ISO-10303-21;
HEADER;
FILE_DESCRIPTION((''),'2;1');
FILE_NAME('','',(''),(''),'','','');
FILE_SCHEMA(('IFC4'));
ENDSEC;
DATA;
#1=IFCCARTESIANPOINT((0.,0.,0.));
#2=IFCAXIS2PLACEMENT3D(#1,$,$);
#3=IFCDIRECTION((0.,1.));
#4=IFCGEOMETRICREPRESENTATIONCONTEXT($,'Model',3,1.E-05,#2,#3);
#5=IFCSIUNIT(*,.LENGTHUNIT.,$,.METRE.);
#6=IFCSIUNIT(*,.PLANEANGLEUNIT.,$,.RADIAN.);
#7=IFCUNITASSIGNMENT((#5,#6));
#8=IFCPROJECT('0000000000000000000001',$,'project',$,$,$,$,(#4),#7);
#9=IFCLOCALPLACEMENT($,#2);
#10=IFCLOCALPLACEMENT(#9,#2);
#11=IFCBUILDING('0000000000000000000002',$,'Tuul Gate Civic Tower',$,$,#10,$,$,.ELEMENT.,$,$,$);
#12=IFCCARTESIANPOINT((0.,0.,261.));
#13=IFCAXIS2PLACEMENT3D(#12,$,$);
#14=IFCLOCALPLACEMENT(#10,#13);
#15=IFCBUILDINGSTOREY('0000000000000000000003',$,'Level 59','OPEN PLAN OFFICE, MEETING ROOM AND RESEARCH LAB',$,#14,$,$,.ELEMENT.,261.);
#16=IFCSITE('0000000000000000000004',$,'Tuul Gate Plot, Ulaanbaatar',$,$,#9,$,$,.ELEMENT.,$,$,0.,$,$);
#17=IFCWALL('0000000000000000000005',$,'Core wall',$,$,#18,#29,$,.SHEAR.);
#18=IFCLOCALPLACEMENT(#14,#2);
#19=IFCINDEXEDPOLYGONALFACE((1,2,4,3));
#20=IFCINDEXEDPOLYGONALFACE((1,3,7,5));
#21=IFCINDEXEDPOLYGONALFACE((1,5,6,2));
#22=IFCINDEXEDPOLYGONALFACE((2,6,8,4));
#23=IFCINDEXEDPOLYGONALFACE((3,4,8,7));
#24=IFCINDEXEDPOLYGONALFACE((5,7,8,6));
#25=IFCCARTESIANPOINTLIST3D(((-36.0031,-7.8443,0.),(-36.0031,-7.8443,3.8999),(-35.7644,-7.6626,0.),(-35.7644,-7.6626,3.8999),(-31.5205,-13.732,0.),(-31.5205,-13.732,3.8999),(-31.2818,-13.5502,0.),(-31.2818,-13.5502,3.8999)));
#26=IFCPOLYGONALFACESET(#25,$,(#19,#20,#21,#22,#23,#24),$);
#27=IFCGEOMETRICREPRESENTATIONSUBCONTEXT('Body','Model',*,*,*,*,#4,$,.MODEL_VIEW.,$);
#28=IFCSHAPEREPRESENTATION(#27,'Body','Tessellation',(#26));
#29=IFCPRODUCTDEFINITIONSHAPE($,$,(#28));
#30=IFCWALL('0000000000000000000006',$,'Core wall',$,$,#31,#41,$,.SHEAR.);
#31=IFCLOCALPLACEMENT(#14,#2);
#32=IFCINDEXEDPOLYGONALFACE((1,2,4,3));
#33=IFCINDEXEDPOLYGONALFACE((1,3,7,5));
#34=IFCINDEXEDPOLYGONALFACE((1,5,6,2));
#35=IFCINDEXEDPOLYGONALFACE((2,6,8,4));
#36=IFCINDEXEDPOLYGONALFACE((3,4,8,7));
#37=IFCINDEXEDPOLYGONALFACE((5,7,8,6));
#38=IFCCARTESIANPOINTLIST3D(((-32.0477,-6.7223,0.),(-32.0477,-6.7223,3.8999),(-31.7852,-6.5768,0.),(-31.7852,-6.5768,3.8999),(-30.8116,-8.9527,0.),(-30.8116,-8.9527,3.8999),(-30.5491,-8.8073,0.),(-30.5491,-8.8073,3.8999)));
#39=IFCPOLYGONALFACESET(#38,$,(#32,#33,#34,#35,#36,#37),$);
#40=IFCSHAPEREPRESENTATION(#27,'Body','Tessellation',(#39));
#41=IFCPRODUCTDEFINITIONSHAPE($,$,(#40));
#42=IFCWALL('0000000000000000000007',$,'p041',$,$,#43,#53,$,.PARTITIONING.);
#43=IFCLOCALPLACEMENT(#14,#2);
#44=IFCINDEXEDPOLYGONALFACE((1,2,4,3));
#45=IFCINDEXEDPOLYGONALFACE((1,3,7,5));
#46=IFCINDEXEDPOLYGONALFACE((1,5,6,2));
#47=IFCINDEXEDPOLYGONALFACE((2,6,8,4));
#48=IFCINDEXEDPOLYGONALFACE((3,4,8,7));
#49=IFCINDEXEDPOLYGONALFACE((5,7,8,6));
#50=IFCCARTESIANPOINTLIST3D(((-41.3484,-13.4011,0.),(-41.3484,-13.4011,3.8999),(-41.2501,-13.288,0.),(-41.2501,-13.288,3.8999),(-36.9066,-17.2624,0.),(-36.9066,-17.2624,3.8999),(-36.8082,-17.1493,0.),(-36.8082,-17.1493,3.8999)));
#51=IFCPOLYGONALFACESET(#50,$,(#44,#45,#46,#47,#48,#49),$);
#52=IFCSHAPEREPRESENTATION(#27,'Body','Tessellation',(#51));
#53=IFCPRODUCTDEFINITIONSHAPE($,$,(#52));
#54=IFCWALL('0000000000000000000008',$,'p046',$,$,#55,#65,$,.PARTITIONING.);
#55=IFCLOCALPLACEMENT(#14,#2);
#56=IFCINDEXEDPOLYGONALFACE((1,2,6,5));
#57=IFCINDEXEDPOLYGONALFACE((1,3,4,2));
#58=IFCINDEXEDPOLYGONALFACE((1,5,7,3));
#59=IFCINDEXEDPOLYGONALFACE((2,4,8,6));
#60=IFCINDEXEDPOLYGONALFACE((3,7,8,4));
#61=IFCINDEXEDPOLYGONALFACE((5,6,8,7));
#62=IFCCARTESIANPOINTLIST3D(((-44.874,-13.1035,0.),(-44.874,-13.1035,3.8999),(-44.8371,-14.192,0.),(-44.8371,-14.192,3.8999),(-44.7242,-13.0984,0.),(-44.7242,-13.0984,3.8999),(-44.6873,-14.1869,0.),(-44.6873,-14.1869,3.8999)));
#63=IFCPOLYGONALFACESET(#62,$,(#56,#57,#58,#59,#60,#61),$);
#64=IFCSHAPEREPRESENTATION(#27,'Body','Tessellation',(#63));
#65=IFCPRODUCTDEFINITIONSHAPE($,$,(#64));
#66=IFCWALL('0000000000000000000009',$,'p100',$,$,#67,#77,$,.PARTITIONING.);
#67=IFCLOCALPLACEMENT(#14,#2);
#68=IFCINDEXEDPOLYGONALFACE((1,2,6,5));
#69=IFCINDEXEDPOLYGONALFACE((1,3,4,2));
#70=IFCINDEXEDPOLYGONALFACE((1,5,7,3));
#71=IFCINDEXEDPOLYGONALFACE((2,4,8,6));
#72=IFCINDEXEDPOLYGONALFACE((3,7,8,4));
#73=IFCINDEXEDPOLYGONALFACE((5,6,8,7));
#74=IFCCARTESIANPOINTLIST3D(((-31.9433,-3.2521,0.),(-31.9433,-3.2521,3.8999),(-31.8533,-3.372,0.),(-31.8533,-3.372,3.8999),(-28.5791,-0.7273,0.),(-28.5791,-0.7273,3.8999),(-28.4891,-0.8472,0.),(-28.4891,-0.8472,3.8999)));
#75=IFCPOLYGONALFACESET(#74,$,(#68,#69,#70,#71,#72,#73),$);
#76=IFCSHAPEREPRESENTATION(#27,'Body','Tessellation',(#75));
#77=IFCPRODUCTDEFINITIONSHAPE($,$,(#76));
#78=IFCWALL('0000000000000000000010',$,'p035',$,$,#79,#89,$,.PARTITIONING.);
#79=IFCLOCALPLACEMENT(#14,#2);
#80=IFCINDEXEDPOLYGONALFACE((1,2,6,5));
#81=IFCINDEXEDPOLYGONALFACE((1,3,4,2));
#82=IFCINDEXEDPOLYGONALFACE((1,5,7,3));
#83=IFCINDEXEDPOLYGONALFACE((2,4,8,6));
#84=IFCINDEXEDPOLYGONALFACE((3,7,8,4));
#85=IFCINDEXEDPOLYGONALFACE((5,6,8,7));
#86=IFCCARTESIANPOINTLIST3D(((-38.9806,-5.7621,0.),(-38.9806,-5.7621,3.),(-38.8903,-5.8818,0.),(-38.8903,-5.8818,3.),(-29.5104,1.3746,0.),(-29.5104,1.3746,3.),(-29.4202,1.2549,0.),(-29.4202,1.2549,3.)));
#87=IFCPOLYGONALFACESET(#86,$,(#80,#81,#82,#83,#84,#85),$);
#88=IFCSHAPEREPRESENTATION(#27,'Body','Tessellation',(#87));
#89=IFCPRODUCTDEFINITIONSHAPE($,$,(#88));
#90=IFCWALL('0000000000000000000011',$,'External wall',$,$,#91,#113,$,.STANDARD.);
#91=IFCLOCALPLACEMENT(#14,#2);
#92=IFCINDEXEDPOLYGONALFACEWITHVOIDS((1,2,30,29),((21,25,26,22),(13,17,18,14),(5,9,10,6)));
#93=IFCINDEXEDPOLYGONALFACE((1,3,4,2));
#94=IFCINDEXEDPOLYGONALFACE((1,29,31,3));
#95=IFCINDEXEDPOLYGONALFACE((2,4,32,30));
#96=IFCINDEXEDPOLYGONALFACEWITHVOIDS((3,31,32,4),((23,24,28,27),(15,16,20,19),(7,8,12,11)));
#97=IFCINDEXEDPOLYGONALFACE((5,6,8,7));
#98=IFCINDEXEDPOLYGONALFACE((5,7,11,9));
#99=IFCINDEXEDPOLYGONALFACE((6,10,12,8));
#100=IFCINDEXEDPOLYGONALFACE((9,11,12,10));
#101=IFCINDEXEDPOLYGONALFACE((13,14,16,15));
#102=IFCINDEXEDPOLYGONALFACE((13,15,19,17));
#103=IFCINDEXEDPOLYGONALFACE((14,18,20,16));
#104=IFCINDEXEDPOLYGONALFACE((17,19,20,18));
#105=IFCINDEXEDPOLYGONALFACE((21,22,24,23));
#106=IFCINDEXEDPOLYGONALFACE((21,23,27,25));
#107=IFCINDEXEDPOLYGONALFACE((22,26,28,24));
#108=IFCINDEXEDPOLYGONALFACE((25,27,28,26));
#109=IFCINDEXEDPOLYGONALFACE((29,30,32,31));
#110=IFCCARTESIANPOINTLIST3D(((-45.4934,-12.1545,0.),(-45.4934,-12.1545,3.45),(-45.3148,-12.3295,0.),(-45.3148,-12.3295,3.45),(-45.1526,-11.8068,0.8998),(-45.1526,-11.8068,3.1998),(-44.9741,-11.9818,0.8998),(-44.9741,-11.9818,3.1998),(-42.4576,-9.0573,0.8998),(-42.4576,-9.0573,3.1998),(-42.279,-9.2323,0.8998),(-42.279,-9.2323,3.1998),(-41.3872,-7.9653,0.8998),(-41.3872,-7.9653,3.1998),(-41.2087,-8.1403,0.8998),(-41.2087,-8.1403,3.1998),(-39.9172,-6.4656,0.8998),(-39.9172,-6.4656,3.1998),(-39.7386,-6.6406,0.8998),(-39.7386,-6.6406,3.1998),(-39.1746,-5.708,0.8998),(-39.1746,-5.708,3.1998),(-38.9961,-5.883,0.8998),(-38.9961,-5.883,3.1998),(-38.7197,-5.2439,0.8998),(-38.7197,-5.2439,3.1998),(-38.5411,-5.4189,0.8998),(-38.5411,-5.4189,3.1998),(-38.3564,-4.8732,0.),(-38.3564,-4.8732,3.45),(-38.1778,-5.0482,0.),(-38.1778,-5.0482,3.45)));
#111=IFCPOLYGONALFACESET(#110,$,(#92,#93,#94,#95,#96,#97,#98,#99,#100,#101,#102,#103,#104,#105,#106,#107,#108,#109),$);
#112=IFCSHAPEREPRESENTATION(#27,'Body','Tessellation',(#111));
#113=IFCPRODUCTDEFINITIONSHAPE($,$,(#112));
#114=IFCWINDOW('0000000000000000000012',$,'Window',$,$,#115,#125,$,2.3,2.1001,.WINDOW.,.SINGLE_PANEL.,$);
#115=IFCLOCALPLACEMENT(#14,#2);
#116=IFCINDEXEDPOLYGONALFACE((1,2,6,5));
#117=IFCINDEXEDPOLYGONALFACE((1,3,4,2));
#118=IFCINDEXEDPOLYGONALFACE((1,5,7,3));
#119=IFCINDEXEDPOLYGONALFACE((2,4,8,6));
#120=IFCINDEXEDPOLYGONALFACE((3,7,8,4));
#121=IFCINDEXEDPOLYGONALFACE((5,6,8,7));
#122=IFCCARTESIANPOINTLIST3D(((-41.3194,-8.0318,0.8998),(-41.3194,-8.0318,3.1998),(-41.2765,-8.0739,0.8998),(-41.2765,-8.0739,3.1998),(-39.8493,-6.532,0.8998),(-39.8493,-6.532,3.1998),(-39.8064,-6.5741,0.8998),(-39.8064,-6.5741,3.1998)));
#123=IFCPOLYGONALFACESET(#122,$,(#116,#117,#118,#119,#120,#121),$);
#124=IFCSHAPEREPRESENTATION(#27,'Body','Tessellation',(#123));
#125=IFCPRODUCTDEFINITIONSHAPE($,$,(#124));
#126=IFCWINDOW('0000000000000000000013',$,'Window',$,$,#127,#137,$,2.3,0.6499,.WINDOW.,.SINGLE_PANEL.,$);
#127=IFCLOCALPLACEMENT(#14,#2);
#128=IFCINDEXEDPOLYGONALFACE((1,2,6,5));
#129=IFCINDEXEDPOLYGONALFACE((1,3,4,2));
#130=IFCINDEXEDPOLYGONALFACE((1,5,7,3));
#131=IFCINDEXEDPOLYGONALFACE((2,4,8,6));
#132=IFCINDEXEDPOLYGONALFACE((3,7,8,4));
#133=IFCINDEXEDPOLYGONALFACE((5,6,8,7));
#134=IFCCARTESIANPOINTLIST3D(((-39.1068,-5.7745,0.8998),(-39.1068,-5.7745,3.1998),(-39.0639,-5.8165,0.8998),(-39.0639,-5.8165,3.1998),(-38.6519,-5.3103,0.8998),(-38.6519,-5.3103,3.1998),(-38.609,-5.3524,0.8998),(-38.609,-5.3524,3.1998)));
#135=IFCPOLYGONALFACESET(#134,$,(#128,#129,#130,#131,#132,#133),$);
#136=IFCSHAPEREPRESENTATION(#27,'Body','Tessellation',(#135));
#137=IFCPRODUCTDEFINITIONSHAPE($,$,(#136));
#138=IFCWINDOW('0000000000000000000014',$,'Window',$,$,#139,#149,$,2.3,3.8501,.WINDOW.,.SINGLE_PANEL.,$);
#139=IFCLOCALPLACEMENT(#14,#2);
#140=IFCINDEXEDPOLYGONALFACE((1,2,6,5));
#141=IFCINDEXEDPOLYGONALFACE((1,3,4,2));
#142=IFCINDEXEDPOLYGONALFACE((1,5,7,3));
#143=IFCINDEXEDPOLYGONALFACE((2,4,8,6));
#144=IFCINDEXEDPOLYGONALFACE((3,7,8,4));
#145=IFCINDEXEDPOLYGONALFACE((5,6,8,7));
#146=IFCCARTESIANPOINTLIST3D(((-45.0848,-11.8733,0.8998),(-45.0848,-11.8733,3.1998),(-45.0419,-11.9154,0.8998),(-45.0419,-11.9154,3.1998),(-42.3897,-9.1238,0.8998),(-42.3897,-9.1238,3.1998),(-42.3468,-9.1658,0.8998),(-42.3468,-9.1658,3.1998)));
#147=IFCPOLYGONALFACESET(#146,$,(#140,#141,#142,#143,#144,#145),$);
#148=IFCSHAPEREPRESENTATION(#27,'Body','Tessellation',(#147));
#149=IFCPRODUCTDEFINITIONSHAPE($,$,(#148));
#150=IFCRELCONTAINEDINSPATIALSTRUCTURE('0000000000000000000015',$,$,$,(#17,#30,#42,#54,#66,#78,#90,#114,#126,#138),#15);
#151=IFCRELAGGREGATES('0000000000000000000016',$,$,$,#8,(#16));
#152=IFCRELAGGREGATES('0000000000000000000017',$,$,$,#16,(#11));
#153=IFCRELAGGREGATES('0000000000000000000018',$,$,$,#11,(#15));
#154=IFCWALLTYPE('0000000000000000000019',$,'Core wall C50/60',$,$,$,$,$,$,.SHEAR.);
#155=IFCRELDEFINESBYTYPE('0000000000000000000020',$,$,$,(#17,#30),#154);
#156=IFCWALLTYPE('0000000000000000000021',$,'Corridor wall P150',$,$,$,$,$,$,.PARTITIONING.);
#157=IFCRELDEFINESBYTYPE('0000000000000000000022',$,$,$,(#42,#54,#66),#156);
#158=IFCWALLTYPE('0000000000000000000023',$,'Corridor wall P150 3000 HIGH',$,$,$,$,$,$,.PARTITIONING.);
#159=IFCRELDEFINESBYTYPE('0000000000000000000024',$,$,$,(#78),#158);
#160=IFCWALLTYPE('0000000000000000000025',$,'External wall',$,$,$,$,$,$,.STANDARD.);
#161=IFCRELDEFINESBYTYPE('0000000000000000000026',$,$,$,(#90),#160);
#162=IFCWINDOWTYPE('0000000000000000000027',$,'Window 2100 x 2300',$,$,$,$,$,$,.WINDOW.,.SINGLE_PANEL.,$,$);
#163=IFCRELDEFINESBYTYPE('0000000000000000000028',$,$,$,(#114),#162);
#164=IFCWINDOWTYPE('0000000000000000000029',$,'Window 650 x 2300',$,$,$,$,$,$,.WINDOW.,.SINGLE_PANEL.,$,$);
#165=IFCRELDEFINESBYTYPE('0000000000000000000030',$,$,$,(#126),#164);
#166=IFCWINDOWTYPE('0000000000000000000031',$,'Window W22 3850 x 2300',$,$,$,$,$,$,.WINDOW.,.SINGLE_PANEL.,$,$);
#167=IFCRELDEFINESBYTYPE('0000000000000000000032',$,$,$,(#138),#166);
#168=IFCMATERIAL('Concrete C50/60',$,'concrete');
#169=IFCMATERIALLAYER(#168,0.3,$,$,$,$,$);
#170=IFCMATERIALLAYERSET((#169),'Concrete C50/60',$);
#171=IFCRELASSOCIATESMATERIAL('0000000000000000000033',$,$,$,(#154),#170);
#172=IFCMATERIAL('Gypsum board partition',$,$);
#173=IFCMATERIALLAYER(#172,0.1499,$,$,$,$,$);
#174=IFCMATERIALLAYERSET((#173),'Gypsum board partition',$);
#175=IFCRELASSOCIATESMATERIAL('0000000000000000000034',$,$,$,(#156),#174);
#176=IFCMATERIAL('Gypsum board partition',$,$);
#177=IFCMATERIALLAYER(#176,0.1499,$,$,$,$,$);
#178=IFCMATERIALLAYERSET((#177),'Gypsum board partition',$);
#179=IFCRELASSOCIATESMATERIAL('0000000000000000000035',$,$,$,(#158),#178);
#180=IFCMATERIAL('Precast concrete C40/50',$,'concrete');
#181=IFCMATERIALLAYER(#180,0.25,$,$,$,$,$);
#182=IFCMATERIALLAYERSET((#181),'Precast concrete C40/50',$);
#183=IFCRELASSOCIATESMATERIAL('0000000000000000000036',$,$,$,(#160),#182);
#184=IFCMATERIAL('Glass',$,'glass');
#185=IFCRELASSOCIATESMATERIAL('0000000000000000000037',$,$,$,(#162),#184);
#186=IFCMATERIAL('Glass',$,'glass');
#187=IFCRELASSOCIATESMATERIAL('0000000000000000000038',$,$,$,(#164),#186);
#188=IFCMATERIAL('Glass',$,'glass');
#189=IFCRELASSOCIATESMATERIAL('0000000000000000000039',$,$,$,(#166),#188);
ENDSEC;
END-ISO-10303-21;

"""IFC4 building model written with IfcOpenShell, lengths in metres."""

from ifc_helpers import new_model, si_unit, direction, frame, frame_2d, origin, place, context, subcontext, project, spatial, rectangle, extrude, material, layer, layer_set, type_object, element, fill, save


model = new_model("IFC4")

# Units and contexts
model_context = context("Model", 3, precision=1e-05, world=origin(), true_north=direction((0.0, 1.0)))
body_context = subcontext(model_context, "Body", "Model", "MODEL_VIEW")
ifc_project = project(units=[si_unit("LENGTHUNIT", "METRE"), si_unit("PLANEANGLEUNIT", "RADIAN")], contexts=[model_context])

# Site, building, storey
site_placement = place(None, origin())
site = spatial("IfcSite", under=ifc_project, at=site_placement, Name="Tuul Gate Plot, Ulaanbaatar", CompositionType="ELEMENT", RefElevation=0.0)
building_placement = place(site_placement, origin())
building = spatial("IfcBuilding", under=site, at=building_placement, Name="Tuul Gate Civic Tower", CompositionType="ELEMENT")
storey_placement = place(building_placement, frame((0.0, 0.0, 261.0)))
storey = spatial("IfcBuildingStorey", under=building, at=storey_placement, Name="Level 59", Description="OPEN PLAN OFFICE, MEETING ROOM AND RESEARCH LAB", CompositionType="ELEMENT", Elevation=261.0)

# Shared definitions
ifc_material_1 = material(Name="Concrete C50/60", Category="concrete")
ifc_layer_1 = layer(ifc_material_1, 0.3)
ifc_layer_set_1 = layer_set([ifc_layer_1], Name="Concrete C50/60")
wall_type_1 = type_object("IfcWallType", Name="Core wall C50/60", PredefinedType="SHEAR", material=ifc_layer_set_1)

# Walls
wall_1_placement = place(storey_placement, frame((-31.4011, -13.6411, 0.0), z_axis=(0.0, 0.0, 1.0), x_axis=(-0.60577, 0.79564, 0.0)))
element("IfcWall", 1, at=wall_1_placement, inside=storey, type_object=wall_type_1, Name="Core wall", PredefinedType="SHEAR", context=body_context, shape_type="SweptSolid", body=[
    extrude(rectangle(XDim=7.3999, YDim=0.3, at=frame_2d((3.7, 0.0))), origin(), (0.0, 0.0, 1.0), 3.8999),
])
wall_2_placement = place(storey_placement, frame((-30.6804, -8.8799, 0.0), z_axis=(0.0, 0.0, 1.0), x_axis=(-0.484724, 0.874667, 0.0)))
element("IfcWall", 2, at=wall_2_placement, inside=storey, type_object=wall_type_1, Name="Core wall", PredefinedType="SHEAR", context=body_context, shape_type="SweptSolid", body=[
    extrude(rectangle(XDim=2.55, YDim=0.3, at=frame_2d((1.2749, 0.0))), origin(), (0.0, 0.0, 1.0), 3.8999),
])
ifc_material_2 = material(Name="Gypsum board partition")
ifc_layer_2 = layer(ifc_material_2, 0.1499)
ifc_layer_set_2 = layer_set([ifc_layer_2], Name="Gypsum board partition")
wall_type_2 = type_object("IfcWallType", Name="Corridor wall P150", PredefinedType="PARTITIONING", material=ifc_layer_set_2)
wall_3_placement = place(storey_placement, frame((-41.2993, -13.3445, 0.0), z_axis=(0.0, 0.0, 1.0), x_axis=(0.754706, -0.656064, 0.0)))
element("IfcWall", 3, at=wall_3_placement, inside=storey, type_object=wall_type_2, Name="p041", PredefinedType="PARTITIONING", context=body_context, shape_type="SweptSolid", body=[
    extrude(rectangle(XDim=5.8855, YDim=0.1499, at=frame_2d((2.9429, 0.0))), origin(), (0.0, 0.0, 1.0), 3.8999),
])
wall_4_placement = place(storey_placement, frame((-44.7991, -13.1011, 0.0), z_axis=(0.0, 0.0, 1.0), x_axis=(0.033852, -0.999427, 0.0)))
element("IfcWall", 4, at=wall_4_placement, inside=storey, type_object=wall_type_2, Name="p046", PredefinedType="PARTITIONING", context=body_context, shape_type="SweptSolid", body=[
    extrude(rectangle(XDim=1.0891, YDim=0.1499, at=frame_2d((0.5444, 0.0))), origin(), (0.0, 0.0, 1.0), 3.8999),
])
wall_5_placement = place(storey_placement, frame((-31.8982, -3.312, 0.0), z_axis=(0.0, 0.0, 1.0), x_axis=(0.799805, 0.60026, 0.0)))
element("IfcWall", 5, at=wall_5_placement, inside=storey, type_object=wall_type_2, Name="p100", PredefinedType="PARTITIONING", context=body_context, shape_type="SweptSolid", body=[
    extrude(rectangle(XDim=4.2063, YDim=0.1499, at=frame_2d((2.103, 0.0))), origin(), (0.0, 0.0, 1.0), 3.8999),
])
ifc_material_3 = material(Name="Gypsum board partition")
ifc_layer_3 = layer(ifc_material_3, 0.1499)
ifc_layer_set_3 = layer_set([ifc_layer_3], Name="Gypsum board partition")
wall_type_3 = type_object("IfcWallType", Name="Corridor wall P150 3000 HIGH", PredefinedType="PARTITIONING", material=ifc_layer_set_3)
wall_6_placement = place(storey_placement, frame((-38.9355, -5.822, 0.0), z_axis=(0.0, 0.0, 1.0), x_axis=(0.798619, 0.601837, 0.0)))
element("IfcWall", 6, at=wall_6_placement, inside=storey, type_object=wall_type_3, Name="p035", PredefinedType="PARTITIONING", context=body_context, shape_type="SweptSolid", body=[
    extrude(rectangle(XDim=11.8582, YDim=0.1499, at=frame_2d((5.9292, 0.0))), origin(), (0.0, 0.0, 1.0), 3.0),
])

# Wall, openings, windows
ifc_material_4 = material(Name="Precast concrete C40/50", Category="concrete")
ifc_layer_4 = layer(ifc_material_4, 0.25)
ifc_layer_set_4 = layer_set([ifc_layer_4], Name="Precast concrete C40/50")
wall_type_4 = type_object("IfcWallType", Name="External wall", PredefinedType="STANDARD", material=ifc_layer_set_4)
wall_7_placement = place(storey_placement, frame((-38.2671, -4.9607, 0.0), z_axis=(0.0, 0.0, 1.0), x_axis=(-0.699996, -0.714147, 0.0)))
wall_7 = element("IfcWall", 7, at=wall_7_placement, inside=storey, type_object=wall_type_4, Name="External wall", PredefinedType="STANDARD", context=body_context, shape_type="SweptSolid", body=[
    extrude(rectangle(XDim=10.1958, YDim=0.25, at=frame_2d((5.0979, 0.0))), origin(), (0.0, 0.0, 1.0), 3.45),
])
opening_1_placement = place(wall_7_placement, frame((5.8589, 0.0, 0.8999)))
opening_1 = element("IfcOpeningElement", 8, at=opening_1_placement, cuts=wall_7, PredefinedType="OPENING", context=body_context, shape_type="SweptSolid", body=[
    extrude(rectangle(XDim=3.8501, YDim=2.3, at=frame_2d((1.925, 1.1499))), frame((0.0, 0.135, 0.0), z_axis=(0.0, -1.0, 0.0), x_axis=(1.0, 0.0, 0.0)), (0.0, 0.0, 1.0), 0.27),
])
opening_2_placement = place(wall_7_placement, frame((0.519, 0.0, 0.8999)))
opening_2 = element("IfcOpeningElement", 9, at=opening_2_placement, cuts=wall_7, PredefinedType="OPENING", context=body_context, shape_type="SweptSolid", body=[
    extrude(rectangle(XDim=0.6499, YDim=2.3, at=frame_2d((0.325, 1.1499))), frame((0.0, 0.135, 0.0), z_axis=(0.0, -1.0, 0.0), x_axis=(1.0, 0.0, 0.0)), (0.0, 0.0, 1.0), 0.27),
])
opening_3_placement = place(wall_7_placement, frame((2.2297, 0.0, 0.8999)))
opening_3 = element("IfcOpeningElement", 10, at=opening_3_placement, cuts=wall_7, PredefinedType="OPENING", context=body_context, shape_type="SweptSolid", body=[
    extrude(rectangle(XDim=2.1001, YDim=2.3, at=frame_2d((1.05, 1.1499))), frame((0.0, 0.135, 0.0), z_axis=(0.0, -1.0, 0.0), x_axis=(1.0, 0.0, 0.0)), (0.0, 0.0, 1.0), 0.27),
])
ifc_material_5 = material(Name="Glass", Category="glass")
window_type_1 = type_object("IfcWindowType", Name="Window 2100 x 2300", PartitioningType="SINGLE_PANEL", PredefinedType="WINDOW", material=ifc_material_5)
window_1_placement = place(opening_3_placement, origin())
window_1 = element("IfcWindow", 11, at=window_1_placement, inside=storey, type_object=window_type_1, Name="Window", OverallHeight=2.3, OverallWidth=2.1001, PartitioningType="SINGLE_PANEL", PredefinedType="WINDOW", context=body_context, shape_type="SweptSolid", body=[
    extrude(rectangle(XDim=2.1001, YDim=2.3, at=frame_2d((1.05, 1.1499))), frame((0.0, 0.03, 0.0), z_axis=(0.0, -1.0, 0.0), x_axis=(1.0, 0.0, 0.0)), (0.0, 0.0, 1.0), 0.0601),
])
fill(opening_3, window_1)
ifc_material_6 = material(Name="Glass", Category="glass")
window_type_2 = type_object("IfcWindowType", Name="Window 650 x 2300", PartitioningType="SINGLE_PANEL", PredefinedType="WINDOW", material=ifc_material_6)
window_2_placement = place(opening_2_placement, origin())
window_2 = element("IfcWindow", 12, at=window_2_placement, inside=storey, type_object=window_type_2, Name="Window", OverallHeight=2.3, OverallWidth=0.6499, PartitioningType="SINGLE_PANEL", PredefinedType="WINDOW", context=body_context, shape_type="SweptSolid", body=[
    extrude(rectangle(XDim=0.6499, YDim=2.3, at=frame_2d((0.325, 1.1499))), frame((0.0, 0.03, 0.0), z_axis=(0.0, -1.0, 0.0), x_axis=(1.0, 0.0, 0.0)), (0.0, 0.0, 1.0), 0.0601),
])
fill(opening_2, window_2)
ifc_material_7 = material(Name="Glass", Category="glass")
window_type_3 = type_object("IfcWindowType", Name="Window W22 3850 x 2300", PartitioningType="SINGLE_PANEL", PredefinedType="WINDOW", material=ifc_material_7)
window_3_placement = place(opening_1_placement, origin())
window_3 = element("IfcWindow", 13, at=window_3_placement, inside=storey, type_object=window_type_3, Name="Window", OverallHeight=2.3, OverallWidth=3.8501, PartitioningType="SINGLE_PANEL", PredefinedType="WINDOW", context=body_context, shape_type="SweptSolid", body=[
    extrude(rectangle(XDim=3.8501, YDim=2.3, at=frame_2d((1.925, 1.1499))), frame((0.0, 0.03, 0.0), z_axis=(0.0, -1.0, 0.0), x_axis=(1.0, 0.0, 0.0)), (0.0, 0.0, 1.0), 0.0601),
])
fill(opening_1, window_3)

save(model, "model.ifc")
